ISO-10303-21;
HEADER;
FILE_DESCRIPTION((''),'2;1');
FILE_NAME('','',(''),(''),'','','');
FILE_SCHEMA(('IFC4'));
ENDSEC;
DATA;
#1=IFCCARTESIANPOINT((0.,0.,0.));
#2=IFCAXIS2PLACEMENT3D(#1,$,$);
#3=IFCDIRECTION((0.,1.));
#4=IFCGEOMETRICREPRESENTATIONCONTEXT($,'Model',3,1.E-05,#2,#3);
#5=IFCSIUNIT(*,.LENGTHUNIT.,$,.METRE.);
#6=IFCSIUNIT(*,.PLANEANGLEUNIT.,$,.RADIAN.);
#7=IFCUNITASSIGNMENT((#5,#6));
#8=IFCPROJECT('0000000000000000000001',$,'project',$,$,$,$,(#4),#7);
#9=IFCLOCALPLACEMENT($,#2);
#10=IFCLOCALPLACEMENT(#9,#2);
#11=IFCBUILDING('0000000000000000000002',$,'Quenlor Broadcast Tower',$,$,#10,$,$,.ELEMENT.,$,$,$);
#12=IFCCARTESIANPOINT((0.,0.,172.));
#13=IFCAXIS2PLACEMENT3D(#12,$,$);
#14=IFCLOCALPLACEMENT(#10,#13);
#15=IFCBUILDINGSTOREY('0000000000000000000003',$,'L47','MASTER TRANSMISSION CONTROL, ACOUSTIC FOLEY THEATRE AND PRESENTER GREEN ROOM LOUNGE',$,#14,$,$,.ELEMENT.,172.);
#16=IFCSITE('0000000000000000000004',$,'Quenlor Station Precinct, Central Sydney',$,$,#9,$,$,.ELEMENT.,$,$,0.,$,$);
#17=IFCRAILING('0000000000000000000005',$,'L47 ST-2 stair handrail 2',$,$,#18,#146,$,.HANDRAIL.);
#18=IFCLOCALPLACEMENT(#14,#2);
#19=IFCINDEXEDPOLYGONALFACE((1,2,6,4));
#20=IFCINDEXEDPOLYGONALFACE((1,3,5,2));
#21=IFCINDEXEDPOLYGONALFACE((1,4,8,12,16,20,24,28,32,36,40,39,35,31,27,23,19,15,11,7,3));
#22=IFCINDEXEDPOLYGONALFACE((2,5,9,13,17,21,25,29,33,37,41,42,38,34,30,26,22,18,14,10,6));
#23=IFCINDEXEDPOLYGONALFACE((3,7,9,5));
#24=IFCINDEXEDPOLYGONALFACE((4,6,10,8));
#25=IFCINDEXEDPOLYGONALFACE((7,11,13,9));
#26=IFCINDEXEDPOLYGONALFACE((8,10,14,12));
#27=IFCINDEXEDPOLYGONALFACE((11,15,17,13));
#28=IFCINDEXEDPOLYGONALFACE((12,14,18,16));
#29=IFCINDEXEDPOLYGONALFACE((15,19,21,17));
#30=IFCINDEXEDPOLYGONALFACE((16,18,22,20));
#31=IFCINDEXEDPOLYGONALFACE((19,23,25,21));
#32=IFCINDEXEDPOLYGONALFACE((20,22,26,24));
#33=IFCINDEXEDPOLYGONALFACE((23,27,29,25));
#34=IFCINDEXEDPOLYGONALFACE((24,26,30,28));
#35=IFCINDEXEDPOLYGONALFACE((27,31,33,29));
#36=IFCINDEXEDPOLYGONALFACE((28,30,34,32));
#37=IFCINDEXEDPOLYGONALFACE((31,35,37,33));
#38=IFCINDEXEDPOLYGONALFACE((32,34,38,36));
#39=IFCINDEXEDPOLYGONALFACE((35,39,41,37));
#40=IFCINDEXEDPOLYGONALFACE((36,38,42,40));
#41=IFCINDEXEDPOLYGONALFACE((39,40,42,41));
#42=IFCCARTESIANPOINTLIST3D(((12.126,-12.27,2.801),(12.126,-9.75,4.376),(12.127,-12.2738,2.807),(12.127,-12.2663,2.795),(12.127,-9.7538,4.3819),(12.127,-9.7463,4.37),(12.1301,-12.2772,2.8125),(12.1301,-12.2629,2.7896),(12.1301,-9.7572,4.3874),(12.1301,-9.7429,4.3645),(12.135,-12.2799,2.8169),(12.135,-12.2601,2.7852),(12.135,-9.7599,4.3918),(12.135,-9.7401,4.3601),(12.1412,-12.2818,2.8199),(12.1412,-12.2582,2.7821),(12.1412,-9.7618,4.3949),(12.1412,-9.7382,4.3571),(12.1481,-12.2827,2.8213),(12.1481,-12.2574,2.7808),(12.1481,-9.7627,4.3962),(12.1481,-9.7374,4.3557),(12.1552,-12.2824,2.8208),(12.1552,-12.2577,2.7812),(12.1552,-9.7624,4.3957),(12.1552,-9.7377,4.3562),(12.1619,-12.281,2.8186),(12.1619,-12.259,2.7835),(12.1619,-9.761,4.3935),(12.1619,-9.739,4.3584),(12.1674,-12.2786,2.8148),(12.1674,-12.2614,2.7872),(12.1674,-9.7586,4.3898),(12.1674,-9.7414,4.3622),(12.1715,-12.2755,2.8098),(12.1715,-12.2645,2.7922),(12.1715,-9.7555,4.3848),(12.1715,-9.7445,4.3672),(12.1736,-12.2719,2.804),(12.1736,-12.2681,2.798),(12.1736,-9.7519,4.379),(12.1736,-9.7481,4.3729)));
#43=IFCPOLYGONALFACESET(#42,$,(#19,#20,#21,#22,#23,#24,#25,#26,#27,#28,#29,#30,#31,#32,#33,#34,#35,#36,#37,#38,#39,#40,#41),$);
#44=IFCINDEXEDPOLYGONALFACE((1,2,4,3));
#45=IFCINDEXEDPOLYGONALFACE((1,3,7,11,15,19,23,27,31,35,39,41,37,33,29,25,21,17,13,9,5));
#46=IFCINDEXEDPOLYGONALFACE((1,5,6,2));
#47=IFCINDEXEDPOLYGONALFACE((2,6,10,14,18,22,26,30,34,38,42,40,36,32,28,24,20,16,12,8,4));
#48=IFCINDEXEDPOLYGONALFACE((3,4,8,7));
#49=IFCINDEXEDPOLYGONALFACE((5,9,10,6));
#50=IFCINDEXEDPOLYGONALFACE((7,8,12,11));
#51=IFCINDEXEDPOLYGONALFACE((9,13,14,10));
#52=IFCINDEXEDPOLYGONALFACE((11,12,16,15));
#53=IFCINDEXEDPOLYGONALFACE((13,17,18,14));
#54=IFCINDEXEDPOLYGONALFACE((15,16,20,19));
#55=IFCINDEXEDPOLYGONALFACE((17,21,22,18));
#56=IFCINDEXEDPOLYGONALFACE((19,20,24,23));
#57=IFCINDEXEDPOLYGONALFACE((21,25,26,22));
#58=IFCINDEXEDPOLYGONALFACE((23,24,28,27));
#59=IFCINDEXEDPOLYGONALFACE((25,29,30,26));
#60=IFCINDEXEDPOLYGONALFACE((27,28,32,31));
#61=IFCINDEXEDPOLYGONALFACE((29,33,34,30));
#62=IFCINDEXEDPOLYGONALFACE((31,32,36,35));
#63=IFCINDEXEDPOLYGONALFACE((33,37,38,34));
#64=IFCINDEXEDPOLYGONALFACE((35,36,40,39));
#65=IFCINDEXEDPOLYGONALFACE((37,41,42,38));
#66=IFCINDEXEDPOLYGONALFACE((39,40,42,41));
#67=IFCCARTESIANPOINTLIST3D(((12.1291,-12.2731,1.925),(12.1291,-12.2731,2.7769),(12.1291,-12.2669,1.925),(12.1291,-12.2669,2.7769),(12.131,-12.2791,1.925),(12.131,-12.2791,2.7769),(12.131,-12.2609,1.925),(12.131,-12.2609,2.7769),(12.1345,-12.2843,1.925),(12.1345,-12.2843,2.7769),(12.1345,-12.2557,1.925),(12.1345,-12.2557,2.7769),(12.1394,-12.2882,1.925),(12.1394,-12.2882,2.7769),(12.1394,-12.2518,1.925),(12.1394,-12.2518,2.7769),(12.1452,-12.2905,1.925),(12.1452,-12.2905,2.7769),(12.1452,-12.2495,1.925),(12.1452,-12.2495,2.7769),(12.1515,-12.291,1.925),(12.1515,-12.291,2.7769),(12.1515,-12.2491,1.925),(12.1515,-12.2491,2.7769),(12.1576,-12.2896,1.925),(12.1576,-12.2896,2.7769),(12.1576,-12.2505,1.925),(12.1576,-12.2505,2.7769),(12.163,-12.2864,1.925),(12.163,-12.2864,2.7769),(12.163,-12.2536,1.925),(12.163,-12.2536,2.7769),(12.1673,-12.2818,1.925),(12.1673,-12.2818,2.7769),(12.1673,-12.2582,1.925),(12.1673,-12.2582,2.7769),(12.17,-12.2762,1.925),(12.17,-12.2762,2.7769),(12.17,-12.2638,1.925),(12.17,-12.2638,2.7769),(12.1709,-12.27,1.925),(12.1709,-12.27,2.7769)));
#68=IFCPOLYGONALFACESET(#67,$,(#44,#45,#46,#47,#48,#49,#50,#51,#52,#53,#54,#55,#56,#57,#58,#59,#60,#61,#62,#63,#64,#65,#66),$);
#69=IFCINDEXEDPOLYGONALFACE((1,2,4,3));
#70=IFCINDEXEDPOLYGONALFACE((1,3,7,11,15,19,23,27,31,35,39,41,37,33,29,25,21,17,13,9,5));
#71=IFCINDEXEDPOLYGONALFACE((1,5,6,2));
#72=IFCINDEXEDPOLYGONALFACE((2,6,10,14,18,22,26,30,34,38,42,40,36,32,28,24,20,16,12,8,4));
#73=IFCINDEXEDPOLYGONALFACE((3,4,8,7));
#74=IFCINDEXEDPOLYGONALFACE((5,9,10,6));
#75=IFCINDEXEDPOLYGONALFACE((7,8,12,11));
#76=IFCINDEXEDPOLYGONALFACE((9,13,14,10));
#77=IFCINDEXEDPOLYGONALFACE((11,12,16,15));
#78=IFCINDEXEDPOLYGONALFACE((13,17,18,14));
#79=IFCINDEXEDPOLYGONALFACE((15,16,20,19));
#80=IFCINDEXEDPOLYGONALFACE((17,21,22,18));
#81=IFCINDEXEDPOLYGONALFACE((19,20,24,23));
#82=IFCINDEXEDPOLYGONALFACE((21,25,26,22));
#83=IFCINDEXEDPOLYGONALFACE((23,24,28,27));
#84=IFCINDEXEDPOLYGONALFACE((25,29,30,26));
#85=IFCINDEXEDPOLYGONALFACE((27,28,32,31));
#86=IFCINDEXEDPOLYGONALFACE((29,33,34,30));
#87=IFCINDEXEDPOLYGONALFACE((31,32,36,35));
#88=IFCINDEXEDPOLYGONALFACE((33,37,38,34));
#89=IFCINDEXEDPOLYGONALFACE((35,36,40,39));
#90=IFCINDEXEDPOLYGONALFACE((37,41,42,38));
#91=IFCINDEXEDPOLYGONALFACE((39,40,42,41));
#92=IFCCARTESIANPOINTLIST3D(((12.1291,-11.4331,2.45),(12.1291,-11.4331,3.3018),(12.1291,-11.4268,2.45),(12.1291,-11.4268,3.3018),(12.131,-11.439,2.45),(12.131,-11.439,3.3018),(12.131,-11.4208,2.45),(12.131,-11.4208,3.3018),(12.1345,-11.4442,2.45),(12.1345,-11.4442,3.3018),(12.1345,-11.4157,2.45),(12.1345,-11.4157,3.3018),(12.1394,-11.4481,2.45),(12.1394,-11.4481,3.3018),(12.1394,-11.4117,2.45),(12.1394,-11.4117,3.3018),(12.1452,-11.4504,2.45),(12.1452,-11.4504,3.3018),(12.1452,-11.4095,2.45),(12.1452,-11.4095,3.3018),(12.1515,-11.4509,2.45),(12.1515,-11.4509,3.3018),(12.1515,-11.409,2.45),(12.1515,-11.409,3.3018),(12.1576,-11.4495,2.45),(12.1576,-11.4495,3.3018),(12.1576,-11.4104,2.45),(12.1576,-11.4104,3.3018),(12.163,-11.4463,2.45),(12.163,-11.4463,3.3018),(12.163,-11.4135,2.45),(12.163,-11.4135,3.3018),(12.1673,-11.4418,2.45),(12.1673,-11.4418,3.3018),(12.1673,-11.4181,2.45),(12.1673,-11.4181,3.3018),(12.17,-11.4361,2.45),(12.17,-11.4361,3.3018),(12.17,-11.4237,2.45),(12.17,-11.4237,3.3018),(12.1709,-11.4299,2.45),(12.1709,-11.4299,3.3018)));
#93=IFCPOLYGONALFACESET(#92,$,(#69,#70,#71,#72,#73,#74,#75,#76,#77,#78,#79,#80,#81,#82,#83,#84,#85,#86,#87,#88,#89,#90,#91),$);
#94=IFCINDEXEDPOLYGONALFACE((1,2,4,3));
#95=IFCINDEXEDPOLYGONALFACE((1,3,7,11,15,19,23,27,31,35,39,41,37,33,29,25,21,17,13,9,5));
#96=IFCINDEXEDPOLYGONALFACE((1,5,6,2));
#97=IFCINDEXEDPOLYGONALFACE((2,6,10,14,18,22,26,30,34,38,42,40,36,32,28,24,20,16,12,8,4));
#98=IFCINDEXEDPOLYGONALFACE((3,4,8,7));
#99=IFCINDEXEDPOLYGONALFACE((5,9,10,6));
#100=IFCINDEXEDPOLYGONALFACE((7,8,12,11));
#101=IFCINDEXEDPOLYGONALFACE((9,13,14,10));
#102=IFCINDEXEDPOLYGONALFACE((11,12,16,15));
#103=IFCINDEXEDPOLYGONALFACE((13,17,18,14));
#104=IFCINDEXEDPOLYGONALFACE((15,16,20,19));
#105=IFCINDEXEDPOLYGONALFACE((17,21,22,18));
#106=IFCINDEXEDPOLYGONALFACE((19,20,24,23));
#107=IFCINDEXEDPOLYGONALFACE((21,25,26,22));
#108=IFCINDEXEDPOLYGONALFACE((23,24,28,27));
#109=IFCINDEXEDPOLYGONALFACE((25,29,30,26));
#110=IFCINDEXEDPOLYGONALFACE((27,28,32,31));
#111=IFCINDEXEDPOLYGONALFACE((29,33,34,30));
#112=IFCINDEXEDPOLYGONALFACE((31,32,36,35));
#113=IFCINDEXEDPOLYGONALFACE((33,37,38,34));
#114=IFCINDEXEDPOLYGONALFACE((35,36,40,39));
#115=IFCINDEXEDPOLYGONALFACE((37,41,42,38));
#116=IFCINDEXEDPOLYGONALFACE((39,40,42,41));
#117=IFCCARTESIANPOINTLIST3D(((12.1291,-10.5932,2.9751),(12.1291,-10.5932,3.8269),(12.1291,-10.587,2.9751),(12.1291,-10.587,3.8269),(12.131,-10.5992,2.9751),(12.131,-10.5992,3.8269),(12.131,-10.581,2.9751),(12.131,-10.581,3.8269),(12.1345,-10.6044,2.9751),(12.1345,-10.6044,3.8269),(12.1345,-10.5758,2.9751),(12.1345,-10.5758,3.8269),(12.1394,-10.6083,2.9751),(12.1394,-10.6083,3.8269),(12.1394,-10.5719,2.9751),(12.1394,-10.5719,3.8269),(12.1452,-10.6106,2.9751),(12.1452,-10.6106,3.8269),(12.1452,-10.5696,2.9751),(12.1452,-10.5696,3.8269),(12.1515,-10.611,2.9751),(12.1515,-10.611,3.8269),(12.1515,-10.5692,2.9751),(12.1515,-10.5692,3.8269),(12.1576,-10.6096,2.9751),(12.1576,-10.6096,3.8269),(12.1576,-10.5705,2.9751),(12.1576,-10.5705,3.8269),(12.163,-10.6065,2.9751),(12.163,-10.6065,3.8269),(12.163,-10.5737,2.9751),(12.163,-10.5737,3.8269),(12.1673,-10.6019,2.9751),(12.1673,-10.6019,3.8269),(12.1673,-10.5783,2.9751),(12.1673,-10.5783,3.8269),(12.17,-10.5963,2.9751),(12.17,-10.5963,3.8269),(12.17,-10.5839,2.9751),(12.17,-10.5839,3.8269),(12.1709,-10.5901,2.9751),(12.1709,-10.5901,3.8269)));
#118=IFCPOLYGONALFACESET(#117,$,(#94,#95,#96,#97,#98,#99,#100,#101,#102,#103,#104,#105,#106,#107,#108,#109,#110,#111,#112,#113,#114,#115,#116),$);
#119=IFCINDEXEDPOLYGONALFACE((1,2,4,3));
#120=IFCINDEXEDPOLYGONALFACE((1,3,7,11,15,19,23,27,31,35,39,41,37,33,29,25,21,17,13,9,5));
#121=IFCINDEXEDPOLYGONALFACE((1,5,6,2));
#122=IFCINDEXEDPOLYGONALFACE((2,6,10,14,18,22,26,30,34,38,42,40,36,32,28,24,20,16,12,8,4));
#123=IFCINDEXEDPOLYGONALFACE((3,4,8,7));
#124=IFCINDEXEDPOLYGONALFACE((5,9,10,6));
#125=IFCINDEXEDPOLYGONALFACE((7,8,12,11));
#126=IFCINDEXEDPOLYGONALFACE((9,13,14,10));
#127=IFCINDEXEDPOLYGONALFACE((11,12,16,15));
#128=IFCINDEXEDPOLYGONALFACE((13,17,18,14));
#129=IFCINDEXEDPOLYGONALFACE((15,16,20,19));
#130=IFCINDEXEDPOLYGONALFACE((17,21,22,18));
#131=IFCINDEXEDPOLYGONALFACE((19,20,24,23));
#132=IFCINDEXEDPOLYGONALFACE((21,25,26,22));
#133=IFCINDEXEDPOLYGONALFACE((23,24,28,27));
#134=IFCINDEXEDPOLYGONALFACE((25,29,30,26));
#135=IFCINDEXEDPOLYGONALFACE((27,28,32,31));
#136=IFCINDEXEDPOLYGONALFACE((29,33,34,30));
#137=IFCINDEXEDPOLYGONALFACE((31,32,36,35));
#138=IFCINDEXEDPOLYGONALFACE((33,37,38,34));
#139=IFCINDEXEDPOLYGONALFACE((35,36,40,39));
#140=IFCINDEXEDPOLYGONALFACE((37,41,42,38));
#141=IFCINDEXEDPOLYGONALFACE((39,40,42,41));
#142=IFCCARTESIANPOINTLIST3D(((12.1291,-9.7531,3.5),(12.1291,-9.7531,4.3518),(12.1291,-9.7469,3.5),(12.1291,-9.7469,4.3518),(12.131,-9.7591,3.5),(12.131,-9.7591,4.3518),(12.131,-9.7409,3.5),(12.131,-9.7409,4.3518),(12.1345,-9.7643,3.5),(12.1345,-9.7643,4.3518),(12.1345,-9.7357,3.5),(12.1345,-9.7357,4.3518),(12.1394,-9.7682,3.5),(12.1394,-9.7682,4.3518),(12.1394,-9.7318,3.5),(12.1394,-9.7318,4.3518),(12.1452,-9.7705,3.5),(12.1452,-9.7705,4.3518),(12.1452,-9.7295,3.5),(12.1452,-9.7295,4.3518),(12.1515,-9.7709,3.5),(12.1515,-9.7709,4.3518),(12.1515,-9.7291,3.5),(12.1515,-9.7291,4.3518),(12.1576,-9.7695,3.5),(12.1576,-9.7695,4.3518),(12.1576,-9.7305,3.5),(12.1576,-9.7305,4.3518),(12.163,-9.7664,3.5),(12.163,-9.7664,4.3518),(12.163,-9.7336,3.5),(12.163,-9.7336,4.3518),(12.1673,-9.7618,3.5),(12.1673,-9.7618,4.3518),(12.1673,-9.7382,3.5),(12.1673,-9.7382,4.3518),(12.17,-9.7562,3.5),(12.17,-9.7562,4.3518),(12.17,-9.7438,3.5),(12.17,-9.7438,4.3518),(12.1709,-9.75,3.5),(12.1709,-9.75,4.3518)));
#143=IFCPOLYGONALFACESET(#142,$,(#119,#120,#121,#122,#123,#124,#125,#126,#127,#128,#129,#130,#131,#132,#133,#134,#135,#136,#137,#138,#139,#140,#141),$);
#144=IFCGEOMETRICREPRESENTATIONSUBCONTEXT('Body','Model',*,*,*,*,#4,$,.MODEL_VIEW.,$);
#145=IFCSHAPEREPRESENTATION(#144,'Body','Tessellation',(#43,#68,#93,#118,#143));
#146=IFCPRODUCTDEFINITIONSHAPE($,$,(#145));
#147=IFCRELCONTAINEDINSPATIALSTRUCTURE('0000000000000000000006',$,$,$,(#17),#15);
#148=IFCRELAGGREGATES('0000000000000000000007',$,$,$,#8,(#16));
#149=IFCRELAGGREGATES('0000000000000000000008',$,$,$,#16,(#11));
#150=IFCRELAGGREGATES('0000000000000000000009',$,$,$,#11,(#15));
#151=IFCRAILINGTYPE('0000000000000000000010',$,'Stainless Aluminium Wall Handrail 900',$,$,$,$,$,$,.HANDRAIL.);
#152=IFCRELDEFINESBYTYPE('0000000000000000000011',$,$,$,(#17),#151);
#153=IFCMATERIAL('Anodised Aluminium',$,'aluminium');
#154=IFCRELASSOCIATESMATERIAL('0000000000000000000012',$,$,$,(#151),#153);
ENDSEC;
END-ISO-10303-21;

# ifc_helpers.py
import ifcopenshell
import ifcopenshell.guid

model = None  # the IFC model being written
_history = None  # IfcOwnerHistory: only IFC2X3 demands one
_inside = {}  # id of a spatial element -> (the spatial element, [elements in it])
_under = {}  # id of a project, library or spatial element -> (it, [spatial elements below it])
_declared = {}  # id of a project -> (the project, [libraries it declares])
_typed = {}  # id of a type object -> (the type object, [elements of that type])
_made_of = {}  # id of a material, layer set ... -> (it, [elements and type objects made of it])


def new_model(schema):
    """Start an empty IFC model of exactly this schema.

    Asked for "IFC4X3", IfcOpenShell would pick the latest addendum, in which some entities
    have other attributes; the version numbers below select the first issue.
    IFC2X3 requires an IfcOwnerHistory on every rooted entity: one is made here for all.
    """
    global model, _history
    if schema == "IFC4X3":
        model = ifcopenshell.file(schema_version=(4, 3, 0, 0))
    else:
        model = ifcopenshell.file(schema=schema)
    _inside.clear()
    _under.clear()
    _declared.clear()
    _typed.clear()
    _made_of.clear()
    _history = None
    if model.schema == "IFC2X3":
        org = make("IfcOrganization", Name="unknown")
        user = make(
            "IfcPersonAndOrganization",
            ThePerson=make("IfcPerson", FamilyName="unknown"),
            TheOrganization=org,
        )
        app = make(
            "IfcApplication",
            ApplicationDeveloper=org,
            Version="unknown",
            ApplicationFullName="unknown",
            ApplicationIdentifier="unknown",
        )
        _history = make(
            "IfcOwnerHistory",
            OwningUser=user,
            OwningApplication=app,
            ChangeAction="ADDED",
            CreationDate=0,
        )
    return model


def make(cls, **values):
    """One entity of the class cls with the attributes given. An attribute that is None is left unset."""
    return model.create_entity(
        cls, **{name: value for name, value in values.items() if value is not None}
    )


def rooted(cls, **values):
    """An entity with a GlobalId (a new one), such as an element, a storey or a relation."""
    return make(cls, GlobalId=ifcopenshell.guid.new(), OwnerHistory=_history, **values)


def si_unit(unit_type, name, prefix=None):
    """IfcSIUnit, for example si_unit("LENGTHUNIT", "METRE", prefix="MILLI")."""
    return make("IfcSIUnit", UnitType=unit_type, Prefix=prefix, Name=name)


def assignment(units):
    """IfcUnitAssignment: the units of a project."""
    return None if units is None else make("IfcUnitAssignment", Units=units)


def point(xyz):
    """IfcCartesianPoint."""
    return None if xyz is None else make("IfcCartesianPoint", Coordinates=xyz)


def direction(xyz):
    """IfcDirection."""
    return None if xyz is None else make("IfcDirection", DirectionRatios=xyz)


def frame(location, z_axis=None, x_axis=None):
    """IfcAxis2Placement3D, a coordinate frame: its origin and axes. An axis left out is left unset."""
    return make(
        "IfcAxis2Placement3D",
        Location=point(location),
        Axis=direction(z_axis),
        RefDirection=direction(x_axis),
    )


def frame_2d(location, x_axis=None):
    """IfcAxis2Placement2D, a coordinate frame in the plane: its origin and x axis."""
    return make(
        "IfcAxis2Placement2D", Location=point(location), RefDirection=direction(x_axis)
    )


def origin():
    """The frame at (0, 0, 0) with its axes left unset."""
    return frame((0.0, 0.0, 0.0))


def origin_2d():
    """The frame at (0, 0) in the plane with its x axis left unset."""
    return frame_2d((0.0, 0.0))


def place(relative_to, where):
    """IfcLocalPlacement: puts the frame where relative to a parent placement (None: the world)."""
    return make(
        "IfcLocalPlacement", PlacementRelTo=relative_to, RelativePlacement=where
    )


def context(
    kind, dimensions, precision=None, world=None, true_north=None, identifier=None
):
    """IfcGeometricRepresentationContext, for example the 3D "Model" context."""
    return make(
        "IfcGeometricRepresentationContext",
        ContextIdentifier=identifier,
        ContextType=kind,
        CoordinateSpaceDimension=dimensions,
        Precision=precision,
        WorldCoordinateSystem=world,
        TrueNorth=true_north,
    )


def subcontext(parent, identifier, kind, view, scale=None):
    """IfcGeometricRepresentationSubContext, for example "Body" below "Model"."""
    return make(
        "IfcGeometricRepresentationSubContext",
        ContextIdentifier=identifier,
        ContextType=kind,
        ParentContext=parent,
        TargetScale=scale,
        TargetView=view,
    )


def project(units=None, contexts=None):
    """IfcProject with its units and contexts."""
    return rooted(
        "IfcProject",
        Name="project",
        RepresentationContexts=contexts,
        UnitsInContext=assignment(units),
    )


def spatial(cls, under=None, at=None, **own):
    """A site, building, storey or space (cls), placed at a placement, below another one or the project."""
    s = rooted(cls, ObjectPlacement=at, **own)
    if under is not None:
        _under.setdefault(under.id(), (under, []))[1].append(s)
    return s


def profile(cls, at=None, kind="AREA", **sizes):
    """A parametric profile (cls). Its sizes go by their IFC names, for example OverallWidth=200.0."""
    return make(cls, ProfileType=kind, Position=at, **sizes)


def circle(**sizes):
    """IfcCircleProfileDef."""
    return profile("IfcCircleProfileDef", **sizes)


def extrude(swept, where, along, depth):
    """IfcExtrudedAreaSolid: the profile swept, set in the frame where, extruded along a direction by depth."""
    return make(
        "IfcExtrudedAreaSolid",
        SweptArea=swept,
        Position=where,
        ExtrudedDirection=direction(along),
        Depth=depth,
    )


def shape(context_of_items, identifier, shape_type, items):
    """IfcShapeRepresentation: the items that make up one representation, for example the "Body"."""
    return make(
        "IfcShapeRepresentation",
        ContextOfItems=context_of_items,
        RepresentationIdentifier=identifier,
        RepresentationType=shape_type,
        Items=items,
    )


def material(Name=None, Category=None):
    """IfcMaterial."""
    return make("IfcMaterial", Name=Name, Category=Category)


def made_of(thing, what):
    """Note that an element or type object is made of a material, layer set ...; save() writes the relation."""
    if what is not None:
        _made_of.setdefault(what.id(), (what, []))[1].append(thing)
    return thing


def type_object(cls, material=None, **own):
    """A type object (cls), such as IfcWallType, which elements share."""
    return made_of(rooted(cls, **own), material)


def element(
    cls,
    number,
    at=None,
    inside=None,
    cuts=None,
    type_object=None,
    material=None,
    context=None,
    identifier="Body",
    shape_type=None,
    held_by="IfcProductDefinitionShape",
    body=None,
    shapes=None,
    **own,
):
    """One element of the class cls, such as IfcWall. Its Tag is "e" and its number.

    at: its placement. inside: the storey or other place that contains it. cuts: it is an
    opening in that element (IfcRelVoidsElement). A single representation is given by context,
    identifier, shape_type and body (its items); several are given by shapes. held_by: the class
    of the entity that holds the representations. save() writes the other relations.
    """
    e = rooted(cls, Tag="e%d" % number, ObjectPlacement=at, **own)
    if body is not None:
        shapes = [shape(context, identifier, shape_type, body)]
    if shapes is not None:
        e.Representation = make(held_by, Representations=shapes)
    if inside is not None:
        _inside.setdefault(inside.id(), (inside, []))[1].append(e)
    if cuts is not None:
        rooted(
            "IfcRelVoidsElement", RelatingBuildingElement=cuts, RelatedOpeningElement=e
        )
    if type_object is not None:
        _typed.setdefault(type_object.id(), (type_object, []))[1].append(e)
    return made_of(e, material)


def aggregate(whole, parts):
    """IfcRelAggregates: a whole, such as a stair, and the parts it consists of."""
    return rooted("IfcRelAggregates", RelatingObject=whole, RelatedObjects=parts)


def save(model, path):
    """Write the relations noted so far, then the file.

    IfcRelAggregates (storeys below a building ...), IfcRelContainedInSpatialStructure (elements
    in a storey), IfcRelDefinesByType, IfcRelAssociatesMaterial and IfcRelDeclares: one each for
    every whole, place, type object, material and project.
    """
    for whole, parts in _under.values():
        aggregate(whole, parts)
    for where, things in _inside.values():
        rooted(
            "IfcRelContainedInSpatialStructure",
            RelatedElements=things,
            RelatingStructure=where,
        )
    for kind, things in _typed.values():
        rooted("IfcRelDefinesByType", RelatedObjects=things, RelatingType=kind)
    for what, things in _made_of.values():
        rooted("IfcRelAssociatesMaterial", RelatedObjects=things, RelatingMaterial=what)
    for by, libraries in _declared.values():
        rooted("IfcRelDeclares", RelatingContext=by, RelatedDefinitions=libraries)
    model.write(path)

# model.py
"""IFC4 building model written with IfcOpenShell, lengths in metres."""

from ifc_helpers import new_model, si_unit, direction, frame, origin, origin_2d, place, context, subcontext, project, spatial, circle, extrude, material, type_object, element, save


model = new_model("IFC4")

# Units and contexts
model_context = context("Model", 3, precision=1e-05, world=origin(), true_north=direction((0.0, 1.0)))
body_context = subcontext(model_context, "Body", "Model", "MODEL_VIEW")
ifc_project = project(units=[si_unit("LENGTHUNIT", "METRE"), si_unit("PLANEANGLEUNIT", "RADIAN")], contexts=[model_context])

# Site, building, storey
site_placement = place(None, origin())
site = spatial("IfcSite", under=ifc_project, at=site_placement, Name="Quenlor Station Precinct, Central Sydney", CompositionType="ELEMENT", RefElevation=0.0)
building_placement = place(site_placement, origin())
building = spatial("IfcBuilding", under=site, at=building_placement, Name="Quenlor Broadcast Tower", CompositionType="ELEMENT")
storey_placement = place(building_placement, frame((0.0, 0.0, 172.0)))
storey = spatial("IfcBuildingStorey", under=building, at=storey_placement, Name="L47", Description="MASTER TRANSMISSION CONTROL, ACOUSTIC FOLEY THEATRE AND PRESENTER GREEN ROOM LOUNGE", CompositionType="ELEMENT", Elevation=172.0)

# Railing
ifc_material_1 = material(Name="Anodised Aluminium", Category="aluminium")
railing_type_1 = type_object("IfcRailingType", Name="Stainless Aluminium Wall Handrail 900", PredefinedType="HANDRAIL", material=ifc_material_1)
railing_1_placement = place(storey_placement, frame((12.1499, -12.27, 1.925)))
element("IfcRailing", 1, at=railing_1_placement, inside=storey, type_object=railing_type_1, Name="L47 ST-2 stair handrail 2", PredefinedType="HANDRAIL", context=body_context, shape_type="SweptSolid", body=[
    extrude(circle(Radius=0.0239, at=origin_2d()), frame((0.0, 0.0, 0.876), z_axis=(0.0, 0.848008, 0.529984), x_axis=(-1.0, 0.0, 0.0)), (0.0, 0.0, 1.0), 2.9717),
    extrude(circle(Radius=0.021, at=origin_2d()), origin(), (0.0, 0.0, 1.0), 0.8518),
    extrude(circle(Radius=0.021, at=origin_2d()), frame((0.0, 0.8401, 0.5249)), (0.0, 0.0, 1.0), 0.8518),
    extrude(circle(Radius=0.021, at=origin_2d()), frame((0.0, 1.6799, 1.05)), (0.0, 0.0, 1.0), 0.8518),
    extrude(circle(Radius=0.021, at=origin_2d()), frame((0.0, 2.52, 1.575)), (0.0, 0.0, 1.0), 0.8518),
])

save(model, "model.ifc")
